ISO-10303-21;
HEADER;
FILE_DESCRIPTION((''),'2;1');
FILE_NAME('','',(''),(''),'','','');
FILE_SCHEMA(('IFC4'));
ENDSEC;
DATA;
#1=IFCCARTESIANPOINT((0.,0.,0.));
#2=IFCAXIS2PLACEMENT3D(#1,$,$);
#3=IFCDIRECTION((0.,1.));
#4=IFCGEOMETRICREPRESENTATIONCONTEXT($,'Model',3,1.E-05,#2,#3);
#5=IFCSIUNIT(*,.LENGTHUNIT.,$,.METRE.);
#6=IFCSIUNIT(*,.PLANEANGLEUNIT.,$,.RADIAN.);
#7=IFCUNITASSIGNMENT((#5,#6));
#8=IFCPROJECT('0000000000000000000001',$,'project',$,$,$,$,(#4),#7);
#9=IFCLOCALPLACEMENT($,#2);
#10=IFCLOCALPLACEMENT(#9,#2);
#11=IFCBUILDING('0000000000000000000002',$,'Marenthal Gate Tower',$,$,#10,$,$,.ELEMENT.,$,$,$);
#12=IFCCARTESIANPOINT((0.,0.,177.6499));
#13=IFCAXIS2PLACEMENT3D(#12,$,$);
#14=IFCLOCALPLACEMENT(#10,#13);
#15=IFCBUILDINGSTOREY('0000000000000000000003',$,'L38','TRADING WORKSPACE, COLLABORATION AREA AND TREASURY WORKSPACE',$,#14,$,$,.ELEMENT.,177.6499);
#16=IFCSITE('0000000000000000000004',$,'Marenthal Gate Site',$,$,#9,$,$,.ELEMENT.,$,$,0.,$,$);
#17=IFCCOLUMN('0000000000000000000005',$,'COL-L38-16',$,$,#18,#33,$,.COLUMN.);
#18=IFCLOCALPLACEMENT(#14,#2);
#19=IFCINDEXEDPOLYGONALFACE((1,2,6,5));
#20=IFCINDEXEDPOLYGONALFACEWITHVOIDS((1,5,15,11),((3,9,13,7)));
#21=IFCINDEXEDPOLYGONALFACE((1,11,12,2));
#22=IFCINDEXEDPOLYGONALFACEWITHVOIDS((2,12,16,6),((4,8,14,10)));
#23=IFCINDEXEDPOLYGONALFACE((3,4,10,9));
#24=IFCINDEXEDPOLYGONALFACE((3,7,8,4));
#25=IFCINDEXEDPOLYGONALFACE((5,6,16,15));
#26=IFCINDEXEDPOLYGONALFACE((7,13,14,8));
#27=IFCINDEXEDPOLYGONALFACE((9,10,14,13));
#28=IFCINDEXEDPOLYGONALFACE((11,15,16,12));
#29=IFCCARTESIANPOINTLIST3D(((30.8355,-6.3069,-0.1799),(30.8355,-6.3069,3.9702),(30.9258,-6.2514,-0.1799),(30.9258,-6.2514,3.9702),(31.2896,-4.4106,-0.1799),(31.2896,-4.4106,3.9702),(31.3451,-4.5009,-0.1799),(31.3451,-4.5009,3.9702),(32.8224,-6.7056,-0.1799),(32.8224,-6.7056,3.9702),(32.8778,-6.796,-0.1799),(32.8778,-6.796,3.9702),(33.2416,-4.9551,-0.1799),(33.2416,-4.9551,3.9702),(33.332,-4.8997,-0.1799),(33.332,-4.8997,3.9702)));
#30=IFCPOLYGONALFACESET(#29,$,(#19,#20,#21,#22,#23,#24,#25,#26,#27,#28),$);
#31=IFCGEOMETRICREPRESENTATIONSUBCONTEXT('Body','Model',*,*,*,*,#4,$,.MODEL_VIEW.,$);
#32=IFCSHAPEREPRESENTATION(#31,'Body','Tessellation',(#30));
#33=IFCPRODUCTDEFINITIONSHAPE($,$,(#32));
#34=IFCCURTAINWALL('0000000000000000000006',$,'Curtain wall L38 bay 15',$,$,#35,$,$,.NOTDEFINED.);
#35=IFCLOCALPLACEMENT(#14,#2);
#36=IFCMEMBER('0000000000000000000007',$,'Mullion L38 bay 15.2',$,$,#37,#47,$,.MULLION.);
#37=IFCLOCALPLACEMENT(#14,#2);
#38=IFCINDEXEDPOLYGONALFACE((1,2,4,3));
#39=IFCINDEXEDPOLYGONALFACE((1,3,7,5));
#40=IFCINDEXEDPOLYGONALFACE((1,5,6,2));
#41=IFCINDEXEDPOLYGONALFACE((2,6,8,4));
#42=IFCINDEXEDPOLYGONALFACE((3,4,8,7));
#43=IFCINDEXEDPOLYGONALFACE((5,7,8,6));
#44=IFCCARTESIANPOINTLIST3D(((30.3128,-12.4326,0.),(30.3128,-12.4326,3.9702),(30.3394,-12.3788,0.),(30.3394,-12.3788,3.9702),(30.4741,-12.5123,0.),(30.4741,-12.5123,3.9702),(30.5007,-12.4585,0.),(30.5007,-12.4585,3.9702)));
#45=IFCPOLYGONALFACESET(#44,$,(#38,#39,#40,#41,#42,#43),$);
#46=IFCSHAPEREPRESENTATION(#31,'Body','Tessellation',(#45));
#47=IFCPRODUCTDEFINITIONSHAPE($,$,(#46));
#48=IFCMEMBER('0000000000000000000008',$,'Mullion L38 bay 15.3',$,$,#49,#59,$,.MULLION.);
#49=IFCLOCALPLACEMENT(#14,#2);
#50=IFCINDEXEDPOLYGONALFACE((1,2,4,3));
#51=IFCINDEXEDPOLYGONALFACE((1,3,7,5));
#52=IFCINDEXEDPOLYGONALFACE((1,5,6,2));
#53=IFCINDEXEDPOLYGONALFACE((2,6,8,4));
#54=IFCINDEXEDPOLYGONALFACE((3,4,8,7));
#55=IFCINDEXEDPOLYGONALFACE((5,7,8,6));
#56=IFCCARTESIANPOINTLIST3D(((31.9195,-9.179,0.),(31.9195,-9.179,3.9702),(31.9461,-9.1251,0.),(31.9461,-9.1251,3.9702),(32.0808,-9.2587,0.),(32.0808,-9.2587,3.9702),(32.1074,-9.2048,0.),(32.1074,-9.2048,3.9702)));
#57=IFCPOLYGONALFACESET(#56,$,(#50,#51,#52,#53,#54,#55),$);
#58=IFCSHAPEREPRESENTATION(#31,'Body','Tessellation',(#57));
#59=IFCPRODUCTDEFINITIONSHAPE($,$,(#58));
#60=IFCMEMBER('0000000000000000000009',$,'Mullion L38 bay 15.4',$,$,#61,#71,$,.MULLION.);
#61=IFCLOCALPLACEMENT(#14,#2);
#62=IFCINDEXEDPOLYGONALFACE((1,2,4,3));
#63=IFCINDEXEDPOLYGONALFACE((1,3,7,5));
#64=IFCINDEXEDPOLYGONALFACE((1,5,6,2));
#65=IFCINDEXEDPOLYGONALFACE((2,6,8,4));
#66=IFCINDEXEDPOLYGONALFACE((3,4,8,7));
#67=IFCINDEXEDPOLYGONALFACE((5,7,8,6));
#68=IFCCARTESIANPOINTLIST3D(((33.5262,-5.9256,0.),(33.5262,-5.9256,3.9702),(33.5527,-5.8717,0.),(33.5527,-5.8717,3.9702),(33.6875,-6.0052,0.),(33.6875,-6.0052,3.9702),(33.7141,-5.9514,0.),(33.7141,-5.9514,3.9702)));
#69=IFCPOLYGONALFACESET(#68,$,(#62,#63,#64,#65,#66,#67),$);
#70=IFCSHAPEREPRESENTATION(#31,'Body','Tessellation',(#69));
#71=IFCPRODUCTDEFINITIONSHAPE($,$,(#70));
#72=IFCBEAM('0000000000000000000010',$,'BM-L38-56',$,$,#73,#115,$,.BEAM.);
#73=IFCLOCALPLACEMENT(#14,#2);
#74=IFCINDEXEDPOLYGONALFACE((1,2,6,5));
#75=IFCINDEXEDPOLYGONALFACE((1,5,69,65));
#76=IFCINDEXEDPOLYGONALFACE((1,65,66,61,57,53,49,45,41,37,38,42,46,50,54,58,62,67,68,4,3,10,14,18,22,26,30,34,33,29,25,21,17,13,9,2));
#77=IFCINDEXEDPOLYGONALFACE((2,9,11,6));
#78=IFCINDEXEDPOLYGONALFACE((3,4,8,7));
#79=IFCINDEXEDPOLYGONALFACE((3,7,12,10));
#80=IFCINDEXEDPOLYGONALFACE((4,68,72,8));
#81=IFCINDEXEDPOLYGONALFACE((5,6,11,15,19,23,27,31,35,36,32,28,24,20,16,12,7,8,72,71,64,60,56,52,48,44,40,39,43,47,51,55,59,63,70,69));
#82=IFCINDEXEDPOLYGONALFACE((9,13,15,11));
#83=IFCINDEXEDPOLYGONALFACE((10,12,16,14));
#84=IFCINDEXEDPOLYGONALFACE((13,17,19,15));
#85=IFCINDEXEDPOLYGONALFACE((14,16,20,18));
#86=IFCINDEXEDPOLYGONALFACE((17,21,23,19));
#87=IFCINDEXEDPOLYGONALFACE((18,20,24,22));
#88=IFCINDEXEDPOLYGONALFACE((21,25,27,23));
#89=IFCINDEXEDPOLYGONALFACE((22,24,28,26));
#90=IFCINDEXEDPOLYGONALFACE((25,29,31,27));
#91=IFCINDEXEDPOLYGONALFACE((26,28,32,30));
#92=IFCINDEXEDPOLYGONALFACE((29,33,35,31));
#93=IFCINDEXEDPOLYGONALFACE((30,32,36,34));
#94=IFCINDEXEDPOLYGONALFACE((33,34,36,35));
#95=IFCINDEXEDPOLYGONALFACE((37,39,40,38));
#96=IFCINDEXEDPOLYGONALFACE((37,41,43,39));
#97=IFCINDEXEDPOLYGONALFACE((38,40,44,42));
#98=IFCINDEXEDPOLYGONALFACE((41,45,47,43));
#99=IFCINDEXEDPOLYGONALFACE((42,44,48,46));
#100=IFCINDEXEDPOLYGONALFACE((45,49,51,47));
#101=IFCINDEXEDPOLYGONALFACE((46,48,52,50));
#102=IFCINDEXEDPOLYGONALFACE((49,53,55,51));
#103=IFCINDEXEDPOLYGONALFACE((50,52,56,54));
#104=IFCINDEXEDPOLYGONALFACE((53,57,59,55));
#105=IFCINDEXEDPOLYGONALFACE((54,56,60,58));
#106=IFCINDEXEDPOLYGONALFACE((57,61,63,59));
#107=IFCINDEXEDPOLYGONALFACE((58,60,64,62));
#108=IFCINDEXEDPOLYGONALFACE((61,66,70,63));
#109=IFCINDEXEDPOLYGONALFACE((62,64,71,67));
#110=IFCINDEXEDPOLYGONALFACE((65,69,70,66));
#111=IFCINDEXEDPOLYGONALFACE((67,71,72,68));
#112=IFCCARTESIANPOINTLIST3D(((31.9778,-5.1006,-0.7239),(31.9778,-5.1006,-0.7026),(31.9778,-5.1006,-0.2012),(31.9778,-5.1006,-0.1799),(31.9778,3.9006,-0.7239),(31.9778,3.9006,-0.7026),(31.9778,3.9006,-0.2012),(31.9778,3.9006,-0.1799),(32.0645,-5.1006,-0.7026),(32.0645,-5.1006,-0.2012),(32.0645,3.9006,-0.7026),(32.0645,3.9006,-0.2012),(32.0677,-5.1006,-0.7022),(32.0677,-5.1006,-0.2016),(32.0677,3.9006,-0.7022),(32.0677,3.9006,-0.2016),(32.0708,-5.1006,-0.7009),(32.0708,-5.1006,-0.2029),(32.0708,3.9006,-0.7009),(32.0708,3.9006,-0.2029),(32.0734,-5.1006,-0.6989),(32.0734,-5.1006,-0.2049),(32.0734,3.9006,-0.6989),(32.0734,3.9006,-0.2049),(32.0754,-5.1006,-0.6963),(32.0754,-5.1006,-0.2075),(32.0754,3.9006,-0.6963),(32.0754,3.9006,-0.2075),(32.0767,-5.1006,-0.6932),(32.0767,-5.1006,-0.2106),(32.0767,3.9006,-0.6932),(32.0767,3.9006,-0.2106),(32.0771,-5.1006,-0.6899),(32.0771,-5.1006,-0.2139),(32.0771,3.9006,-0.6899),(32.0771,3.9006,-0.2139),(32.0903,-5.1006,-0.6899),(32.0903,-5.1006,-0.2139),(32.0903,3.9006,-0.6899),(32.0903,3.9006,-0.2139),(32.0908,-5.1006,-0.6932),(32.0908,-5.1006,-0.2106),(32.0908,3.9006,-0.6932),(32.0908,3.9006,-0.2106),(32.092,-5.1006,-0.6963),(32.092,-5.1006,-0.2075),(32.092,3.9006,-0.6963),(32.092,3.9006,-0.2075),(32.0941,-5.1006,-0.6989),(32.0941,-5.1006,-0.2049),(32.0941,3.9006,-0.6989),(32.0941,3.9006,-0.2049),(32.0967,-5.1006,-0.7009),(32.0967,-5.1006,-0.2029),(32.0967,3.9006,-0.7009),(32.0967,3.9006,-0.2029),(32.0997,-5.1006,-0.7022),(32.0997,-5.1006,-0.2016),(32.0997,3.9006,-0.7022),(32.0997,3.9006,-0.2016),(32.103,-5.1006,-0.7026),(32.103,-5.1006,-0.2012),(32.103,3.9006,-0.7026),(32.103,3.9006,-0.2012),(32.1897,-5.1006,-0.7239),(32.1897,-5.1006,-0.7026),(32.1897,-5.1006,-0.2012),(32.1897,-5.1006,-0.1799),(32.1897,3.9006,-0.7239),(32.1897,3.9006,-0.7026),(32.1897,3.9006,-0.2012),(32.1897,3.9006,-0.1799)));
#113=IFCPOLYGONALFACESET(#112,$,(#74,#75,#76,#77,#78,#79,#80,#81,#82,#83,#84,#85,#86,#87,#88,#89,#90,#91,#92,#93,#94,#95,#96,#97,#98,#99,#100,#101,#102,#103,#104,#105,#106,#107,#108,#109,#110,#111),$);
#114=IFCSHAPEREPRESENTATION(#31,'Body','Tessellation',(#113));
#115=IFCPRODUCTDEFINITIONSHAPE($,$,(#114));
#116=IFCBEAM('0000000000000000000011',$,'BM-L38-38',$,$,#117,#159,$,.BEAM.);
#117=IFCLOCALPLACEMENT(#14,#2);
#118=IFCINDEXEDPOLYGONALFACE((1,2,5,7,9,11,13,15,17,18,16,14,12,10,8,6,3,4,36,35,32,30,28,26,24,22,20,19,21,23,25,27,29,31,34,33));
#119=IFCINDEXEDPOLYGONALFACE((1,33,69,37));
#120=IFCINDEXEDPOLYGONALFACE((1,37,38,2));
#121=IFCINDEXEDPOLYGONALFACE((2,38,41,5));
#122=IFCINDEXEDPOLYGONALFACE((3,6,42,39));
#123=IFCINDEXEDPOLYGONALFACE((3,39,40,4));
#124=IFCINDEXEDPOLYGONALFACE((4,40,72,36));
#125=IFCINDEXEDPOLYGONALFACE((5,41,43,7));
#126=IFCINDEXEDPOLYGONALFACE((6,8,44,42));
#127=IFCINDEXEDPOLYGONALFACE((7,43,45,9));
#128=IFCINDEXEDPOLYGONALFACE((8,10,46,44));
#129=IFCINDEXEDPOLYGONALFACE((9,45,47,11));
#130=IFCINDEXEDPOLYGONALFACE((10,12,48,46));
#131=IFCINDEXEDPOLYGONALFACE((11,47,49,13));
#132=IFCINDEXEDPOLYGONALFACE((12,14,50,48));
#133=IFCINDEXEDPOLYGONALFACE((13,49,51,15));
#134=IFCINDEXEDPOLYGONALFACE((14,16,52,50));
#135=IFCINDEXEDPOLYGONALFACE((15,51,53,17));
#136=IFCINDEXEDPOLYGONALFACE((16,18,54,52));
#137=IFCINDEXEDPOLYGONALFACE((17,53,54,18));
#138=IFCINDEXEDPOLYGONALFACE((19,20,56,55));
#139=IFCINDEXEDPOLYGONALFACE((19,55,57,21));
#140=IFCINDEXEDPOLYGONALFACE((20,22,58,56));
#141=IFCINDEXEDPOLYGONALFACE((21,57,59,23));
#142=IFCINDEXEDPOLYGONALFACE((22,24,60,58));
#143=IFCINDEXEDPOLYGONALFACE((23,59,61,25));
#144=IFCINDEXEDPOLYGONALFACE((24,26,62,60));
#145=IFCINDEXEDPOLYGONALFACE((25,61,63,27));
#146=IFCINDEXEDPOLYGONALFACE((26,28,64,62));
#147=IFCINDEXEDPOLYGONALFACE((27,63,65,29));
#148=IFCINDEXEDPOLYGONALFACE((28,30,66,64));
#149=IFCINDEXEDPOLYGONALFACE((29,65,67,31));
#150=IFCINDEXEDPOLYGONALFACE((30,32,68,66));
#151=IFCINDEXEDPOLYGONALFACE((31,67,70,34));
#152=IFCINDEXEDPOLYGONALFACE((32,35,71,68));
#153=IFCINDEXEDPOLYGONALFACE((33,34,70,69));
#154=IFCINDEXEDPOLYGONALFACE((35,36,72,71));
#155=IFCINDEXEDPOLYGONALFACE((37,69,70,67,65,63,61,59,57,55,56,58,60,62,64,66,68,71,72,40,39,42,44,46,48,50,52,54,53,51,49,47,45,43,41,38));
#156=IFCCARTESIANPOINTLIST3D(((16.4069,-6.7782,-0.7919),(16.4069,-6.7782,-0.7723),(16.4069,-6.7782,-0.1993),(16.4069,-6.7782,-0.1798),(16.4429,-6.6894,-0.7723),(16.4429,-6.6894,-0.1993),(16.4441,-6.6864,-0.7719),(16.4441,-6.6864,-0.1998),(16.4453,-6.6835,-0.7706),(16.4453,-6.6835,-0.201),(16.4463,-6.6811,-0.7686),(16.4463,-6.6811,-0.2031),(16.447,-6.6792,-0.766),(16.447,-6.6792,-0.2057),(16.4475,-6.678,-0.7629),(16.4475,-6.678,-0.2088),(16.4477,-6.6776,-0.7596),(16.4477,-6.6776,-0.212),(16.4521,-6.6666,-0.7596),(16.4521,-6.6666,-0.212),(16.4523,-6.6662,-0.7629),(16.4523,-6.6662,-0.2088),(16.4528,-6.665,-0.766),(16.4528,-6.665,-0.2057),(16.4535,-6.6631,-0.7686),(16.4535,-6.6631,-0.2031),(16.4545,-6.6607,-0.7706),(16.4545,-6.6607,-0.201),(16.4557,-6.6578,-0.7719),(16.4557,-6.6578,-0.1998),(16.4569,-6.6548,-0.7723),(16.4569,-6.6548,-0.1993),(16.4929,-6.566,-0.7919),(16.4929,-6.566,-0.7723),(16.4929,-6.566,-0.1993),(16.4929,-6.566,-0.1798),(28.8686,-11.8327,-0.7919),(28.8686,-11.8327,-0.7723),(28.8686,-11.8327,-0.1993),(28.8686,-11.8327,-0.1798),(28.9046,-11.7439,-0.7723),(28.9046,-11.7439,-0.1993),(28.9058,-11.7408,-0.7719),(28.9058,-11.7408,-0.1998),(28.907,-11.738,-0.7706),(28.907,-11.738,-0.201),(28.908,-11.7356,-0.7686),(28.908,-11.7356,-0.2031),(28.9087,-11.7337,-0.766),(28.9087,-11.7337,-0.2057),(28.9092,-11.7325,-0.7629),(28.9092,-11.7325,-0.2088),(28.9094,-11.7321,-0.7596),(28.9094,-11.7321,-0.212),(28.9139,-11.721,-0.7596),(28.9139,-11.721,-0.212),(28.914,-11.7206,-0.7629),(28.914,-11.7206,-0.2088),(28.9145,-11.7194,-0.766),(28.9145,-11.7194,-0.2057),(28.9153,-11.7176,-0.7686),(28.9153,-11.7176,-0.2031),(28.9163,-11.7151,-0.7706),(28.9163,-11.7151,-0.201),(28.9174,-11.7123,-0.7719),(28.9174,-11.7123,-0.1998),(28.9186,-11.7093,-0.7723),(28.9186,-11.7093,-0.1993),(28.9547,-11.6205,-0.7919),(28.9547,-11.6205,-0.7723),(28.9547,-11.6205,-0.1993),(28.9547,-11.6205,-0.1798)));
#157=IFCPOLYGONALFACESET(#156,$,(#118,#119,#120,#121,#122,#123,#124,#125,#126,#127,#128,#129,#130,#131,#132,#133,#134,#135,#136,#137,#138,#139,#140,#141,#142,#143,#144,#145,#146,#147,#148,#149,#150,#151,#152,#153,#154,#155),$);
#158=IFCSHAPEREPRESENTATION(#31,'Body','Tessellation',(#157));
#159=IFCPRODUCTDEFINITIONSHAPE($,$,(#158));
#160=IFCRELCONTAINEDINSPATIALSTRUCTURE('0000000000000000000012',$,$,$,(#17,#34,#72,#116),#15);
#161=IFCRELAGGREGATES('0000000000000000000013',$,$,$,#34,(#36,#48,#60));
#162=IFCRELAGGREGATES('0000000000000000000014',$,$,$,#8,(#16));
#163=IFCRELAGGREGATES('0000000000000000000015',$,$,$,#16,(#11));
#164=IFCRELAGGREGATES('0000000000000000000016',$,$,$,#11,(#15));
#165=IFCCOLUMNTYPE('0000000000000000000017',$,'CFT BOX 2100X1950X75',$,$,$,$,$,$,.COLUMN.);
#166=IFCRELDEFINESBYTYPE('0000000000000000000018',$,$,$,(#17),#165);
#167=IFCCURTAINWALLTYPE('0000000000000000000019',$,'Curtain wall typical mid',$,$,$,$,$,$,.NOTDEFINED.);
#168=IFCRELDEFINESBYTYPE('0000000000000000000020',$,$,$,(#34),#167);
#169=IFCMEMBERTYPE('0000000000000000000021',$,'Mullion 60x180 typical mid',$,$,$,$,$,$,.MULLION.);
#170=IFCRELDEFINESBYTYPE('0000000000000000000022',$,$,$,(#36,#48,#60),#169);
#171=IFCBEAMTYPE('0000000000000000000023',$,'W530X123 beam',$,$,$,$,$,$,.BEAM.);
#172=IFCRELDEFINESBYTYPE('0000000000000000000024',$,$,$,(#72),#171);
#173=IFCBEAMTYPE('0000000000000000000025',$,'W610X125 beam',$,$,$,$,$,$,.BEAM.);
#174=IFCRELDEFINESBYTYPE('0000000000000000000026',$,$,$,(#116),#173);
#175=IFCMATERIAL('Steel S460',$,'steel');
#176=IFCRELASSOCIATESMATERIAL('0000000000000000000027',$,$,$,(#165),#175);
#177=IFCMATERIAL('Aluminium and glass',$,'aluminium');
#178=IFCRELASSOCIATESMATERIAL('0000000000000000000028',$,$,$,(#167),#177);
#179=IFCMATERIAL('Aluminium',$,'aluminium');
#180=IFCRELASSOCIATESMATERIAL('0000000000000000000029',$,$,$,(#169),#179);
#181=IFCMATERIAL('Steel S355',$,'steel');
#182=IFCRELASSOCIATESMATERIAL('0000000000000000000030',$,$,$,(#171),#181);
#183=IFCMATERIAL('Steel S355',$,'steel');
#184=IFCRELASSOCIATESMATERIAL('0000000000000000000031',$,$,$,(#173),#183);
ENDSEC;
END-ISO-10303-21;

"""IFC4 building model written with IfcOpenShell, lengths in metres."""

from ifc_helpers import new_model, si_unit, direction, frame, origin, origin_2d, place, context, subcontext, project, spatial, rectangle, hollow_rectangle, i_section, extrude, material, material_profile, profile_set, type_object, element, aggregate, save


model = new_model("IFC4")

# Units and contexts
model_context = context("Model", 3, precision=1e-05, world=origin(), true_north=direction((0.0, 1.0)))
body_context = subcontext(model_context, "Body", "Model", "MODEL_VIEW")
ifc_project = project(units=[si_unit("LENGTHUNIT", "METRE"), si_unit("PLANEANGLEUNIT", "RADIAN")], contexts=[model_context])

# Site, building, storey
site_placement = place(None, origin())
site = spatial("IfcSite", under=ifc_project, at=site_placement, Name="Marenthal Gate Site", CompositionType="ELEMENT", RefElevation=0.0)
building_placement = place(site_placement, origin())
building = spatial("IfcBuilding", under=site, at=building_placement, Name="Marenthal Gate Tower", CompositionType="ELEMENT")
storey_placement = place(building_placement, frame((0.0, 0.0, 177.6499)))
storey = spatial("IfcBuildingStorey", under=building, at=storey_placement, Name="L38", Description="TRADING WORKSPACE, COLLABORATION AREA AND TREASURY WORKSPACE", CompositionType="ELEMENT", Elevation=177.6499)

# Column
ifc_material_1 = material(Name="Steel S460", Category="steel")
ifc_material_profile_1 = material_profile(ifc_material_1, hollow_rectangle(XDim=1.95, YDim=2.1001, WallThickness=0.075, at=origin_2d()), Name="CFT BOX 2100X1950X75")
ifc_material_2 = material(Name="Concrete 70 MPa", Category="concrete")
ifc_material_profile_2 = material_profile(ifc_material_2, rectangle(XDim=1.8, YDim=1.95, at=origin_2d()), Name="CFT BOX 2100X1950X75 INFILL")
ifc_profile_set_1 = profile_set([ifc_material_profile_1, ifc_material_profile_2], Name="Steel S460 shell, Concrete 70 MPa infill")
column_type = type_object("IfcColumnType", Name="CFT BOX 2100X1950X75", PredefinedType="COLUMN", material=ifc_profile_set_1)
column_placement = place(storey_placement, frame((32.0837, -5.6033, -0.1799), z_axis=(0.0, 0.0, 1.0), x_axis=(-0.232899, -0.972501, 0.0)))
element("IfcColumn", 1, at=column_placement, inside=storey, type_object=column_type, Name="COL-L38-16", PredefinedType="COLUMN", context=body_context, shape_type="SweptSolid", body=[
    extrude(hollow_rectangle(XDim=1.95, YDim=2.1001, WallThickness=0.075, at=origin_2d()), origin(), (0.0, 0.0, 1.0), 4.1501),
])

# Curtain wall, members
ifc_material_3 = material(Name="Aluminium and glass", Category="aluminium")
curtain_wall_type = type_object("IfcCurtainWallType", Name="Curtain wall typical mid", PredefinedType="NOTDEFINED", material=ifc_material_3)
curtain_wall_placement = place(storey_placement, origin())
curtain_wall = element("IfcCurtainWall", 2, at=curtain_wall_placement, inside=storey, type_object=curtain_wall_type, Name="Curtain wall L38 bay 15", PredefinedType="NOTDEFINED")
ifc_material_4 = material(Name="Aluminium", Category="aluminium")
ifc_material_profile_3 = material_profile(ifc_material_4, rectangle(XDim=0.1799, YDim=0.0601, at=origin_2d()), Name="60x180 aluminium mullion")
ifc_profile_set_2 = profile_set([ifc_material_profile_3], Name="Aluminium")
member_type = type_object("IfcMemberType", Name="Mullion 60x180 typical mid", PredefinedType="MULLION", material=ifc_profile_set_2)
member_1_placement = place(storey_placement, frame((30.4067, -12.4456, 0.0), z_axis=(0.0, 0.0, 1.0), x_axis=(-0.896643, 0.442753, 0.0)))
member_1 = element("IfcMember", 3, at=member_1_placement, type_object=member_type, Name="Mullion L38 bay 15.2", PredefinedType="MULLION", context=body_context, shape_type="SweptSolid", body=[
    extrude(rectangle(XDim=0.1799, YDim=0.0601, at=origin_2d()), origin(), (0.0, 0.0, 1.0), 3.9702),
])
member_2_placement = place(storey_placement, frame((32.0134, -9.1919, 0.0), z_axis=(0.0, 0.0, 1.0), x_axis=(-0.896643, 0.442753, 0.0)))
member_2 = element("IfcMember", 4, at=member_2_placement, type_object=member_type, Name="Mullion L38 bay 15.3", PredefinedType="MULLION", context=body_context, shape_type="SweptSolid", body=[
    extrude(rectangle(XDim=0.1799, YDim=0.0601, at=origin_2d()), origin(), (0.0, 0.0, 1.0), 3.9702),
])
member_3_placement = place(storey_placement, frame((33.6201, -5.9385, 0.0), z_axis=(0.0, 0.0, 1.0), x_axis=(-0.896643, 0.442753, 0.0)))
member_3 = element("IfcMember", 5, at=member_3_placement, type_object=member_type, Name="Mullion L38 bay 15.4", PredefinedType="MULLION", context=body_context, shape_type="SweptSolid", body=[
    extrude(rectangle(XDim=0.1799, YDim=0.0601, at=origin_2d()), origin(), (0.0, 0.0, 1.0), 3.9702),
])

# Beams
ifc_material_5 = material(Name="Steel S355", Category="steel")
ifc_material_profile_4 = material_profile(ifc_material_5, i_section(OverallWidth=0.2119, OverallDepth=0.5439, WebThickness=0.0132, FlangeThickness=0.0212, FilletRadius=0.0127, at=origin_2d()), Name="W530X123")
ifc_profile_set_3 = profile_set([ifc_material_profile_4], Name="Steel S355")
beam_type_1 = type_object("IfcBeamType", Name="W530X123 beam", PredefinedType="BEAM", material=ifc_profile_set_3)
beam_1_placement = place(storey_placement, frame((32.0837, -5.1006, -0.4519), z_axis=(0.0, 1.0, 0.0), x_axis=(-1.0, 0.0, 0.0)))
element("IfcBeam", 6, at=beam_1_placement, inside=storey, type_object=beam_type_1, Name="BM-L38-56", PredefinedType="BEAM", context=body_context, shape_type="SweptSolid", body=[
    extrude(i_section(OverallWidth=0.2119, OverallDepth=0.5439, WebThickness=0.0132, FlangeThickness=0.0212, FilletRadius=0.0127, at=origin_2d()), origin(), (0.0, 0.0, 1.0), 9.0012),
])
ifc_material_6 = material(Name="Steel S355", Category="steel")
ifc_material_profile_5 = material_profile(ifc_material_6, i_section(OverallWidth=0.229, OverallDepth=0.6121, WebThickness=0.012, FlangeThickness=0.0195, FilletRadius=0.0127, at=origin_2d()), Name="W610X125")
ifc_profile_set_4 = profile_set([ifc_material_profile_5], Name="Steel S355")
beam_type_2 = type_object("IfcBeamType", Name="W610X125 beam", PredefinedType="BEAM", material=ifc_profile_set_4)
beam_2_placement = place(storey_placement, frame((28.9116, -11.7266, -0.4858), z_axis=(-0.926677, 0.375859, 0.0), x_axis=(-0.375859, -0.926677, 0.0)))
element("IfcBeam", 7, at=beam_2_placement, inside=storey, type_object=beam_type_2, Name="BM-L38-38", PredefinedType="BEAM", context=body_context, shape_type="SweptSolid", body=[
    extrude(i_section(OverallWidth=0.229, OverallDepth=0.6121, WebThickness=0.012, FlangeThickness=0.0195, FilletRadius=0.0127, at=origin_2d()), origin(), (0.0, 0.0, 1.0), 13.4478),
])

aggregate(curtain_wall, [member_1, member_2, member_3])

save(model, "model.ifc")
